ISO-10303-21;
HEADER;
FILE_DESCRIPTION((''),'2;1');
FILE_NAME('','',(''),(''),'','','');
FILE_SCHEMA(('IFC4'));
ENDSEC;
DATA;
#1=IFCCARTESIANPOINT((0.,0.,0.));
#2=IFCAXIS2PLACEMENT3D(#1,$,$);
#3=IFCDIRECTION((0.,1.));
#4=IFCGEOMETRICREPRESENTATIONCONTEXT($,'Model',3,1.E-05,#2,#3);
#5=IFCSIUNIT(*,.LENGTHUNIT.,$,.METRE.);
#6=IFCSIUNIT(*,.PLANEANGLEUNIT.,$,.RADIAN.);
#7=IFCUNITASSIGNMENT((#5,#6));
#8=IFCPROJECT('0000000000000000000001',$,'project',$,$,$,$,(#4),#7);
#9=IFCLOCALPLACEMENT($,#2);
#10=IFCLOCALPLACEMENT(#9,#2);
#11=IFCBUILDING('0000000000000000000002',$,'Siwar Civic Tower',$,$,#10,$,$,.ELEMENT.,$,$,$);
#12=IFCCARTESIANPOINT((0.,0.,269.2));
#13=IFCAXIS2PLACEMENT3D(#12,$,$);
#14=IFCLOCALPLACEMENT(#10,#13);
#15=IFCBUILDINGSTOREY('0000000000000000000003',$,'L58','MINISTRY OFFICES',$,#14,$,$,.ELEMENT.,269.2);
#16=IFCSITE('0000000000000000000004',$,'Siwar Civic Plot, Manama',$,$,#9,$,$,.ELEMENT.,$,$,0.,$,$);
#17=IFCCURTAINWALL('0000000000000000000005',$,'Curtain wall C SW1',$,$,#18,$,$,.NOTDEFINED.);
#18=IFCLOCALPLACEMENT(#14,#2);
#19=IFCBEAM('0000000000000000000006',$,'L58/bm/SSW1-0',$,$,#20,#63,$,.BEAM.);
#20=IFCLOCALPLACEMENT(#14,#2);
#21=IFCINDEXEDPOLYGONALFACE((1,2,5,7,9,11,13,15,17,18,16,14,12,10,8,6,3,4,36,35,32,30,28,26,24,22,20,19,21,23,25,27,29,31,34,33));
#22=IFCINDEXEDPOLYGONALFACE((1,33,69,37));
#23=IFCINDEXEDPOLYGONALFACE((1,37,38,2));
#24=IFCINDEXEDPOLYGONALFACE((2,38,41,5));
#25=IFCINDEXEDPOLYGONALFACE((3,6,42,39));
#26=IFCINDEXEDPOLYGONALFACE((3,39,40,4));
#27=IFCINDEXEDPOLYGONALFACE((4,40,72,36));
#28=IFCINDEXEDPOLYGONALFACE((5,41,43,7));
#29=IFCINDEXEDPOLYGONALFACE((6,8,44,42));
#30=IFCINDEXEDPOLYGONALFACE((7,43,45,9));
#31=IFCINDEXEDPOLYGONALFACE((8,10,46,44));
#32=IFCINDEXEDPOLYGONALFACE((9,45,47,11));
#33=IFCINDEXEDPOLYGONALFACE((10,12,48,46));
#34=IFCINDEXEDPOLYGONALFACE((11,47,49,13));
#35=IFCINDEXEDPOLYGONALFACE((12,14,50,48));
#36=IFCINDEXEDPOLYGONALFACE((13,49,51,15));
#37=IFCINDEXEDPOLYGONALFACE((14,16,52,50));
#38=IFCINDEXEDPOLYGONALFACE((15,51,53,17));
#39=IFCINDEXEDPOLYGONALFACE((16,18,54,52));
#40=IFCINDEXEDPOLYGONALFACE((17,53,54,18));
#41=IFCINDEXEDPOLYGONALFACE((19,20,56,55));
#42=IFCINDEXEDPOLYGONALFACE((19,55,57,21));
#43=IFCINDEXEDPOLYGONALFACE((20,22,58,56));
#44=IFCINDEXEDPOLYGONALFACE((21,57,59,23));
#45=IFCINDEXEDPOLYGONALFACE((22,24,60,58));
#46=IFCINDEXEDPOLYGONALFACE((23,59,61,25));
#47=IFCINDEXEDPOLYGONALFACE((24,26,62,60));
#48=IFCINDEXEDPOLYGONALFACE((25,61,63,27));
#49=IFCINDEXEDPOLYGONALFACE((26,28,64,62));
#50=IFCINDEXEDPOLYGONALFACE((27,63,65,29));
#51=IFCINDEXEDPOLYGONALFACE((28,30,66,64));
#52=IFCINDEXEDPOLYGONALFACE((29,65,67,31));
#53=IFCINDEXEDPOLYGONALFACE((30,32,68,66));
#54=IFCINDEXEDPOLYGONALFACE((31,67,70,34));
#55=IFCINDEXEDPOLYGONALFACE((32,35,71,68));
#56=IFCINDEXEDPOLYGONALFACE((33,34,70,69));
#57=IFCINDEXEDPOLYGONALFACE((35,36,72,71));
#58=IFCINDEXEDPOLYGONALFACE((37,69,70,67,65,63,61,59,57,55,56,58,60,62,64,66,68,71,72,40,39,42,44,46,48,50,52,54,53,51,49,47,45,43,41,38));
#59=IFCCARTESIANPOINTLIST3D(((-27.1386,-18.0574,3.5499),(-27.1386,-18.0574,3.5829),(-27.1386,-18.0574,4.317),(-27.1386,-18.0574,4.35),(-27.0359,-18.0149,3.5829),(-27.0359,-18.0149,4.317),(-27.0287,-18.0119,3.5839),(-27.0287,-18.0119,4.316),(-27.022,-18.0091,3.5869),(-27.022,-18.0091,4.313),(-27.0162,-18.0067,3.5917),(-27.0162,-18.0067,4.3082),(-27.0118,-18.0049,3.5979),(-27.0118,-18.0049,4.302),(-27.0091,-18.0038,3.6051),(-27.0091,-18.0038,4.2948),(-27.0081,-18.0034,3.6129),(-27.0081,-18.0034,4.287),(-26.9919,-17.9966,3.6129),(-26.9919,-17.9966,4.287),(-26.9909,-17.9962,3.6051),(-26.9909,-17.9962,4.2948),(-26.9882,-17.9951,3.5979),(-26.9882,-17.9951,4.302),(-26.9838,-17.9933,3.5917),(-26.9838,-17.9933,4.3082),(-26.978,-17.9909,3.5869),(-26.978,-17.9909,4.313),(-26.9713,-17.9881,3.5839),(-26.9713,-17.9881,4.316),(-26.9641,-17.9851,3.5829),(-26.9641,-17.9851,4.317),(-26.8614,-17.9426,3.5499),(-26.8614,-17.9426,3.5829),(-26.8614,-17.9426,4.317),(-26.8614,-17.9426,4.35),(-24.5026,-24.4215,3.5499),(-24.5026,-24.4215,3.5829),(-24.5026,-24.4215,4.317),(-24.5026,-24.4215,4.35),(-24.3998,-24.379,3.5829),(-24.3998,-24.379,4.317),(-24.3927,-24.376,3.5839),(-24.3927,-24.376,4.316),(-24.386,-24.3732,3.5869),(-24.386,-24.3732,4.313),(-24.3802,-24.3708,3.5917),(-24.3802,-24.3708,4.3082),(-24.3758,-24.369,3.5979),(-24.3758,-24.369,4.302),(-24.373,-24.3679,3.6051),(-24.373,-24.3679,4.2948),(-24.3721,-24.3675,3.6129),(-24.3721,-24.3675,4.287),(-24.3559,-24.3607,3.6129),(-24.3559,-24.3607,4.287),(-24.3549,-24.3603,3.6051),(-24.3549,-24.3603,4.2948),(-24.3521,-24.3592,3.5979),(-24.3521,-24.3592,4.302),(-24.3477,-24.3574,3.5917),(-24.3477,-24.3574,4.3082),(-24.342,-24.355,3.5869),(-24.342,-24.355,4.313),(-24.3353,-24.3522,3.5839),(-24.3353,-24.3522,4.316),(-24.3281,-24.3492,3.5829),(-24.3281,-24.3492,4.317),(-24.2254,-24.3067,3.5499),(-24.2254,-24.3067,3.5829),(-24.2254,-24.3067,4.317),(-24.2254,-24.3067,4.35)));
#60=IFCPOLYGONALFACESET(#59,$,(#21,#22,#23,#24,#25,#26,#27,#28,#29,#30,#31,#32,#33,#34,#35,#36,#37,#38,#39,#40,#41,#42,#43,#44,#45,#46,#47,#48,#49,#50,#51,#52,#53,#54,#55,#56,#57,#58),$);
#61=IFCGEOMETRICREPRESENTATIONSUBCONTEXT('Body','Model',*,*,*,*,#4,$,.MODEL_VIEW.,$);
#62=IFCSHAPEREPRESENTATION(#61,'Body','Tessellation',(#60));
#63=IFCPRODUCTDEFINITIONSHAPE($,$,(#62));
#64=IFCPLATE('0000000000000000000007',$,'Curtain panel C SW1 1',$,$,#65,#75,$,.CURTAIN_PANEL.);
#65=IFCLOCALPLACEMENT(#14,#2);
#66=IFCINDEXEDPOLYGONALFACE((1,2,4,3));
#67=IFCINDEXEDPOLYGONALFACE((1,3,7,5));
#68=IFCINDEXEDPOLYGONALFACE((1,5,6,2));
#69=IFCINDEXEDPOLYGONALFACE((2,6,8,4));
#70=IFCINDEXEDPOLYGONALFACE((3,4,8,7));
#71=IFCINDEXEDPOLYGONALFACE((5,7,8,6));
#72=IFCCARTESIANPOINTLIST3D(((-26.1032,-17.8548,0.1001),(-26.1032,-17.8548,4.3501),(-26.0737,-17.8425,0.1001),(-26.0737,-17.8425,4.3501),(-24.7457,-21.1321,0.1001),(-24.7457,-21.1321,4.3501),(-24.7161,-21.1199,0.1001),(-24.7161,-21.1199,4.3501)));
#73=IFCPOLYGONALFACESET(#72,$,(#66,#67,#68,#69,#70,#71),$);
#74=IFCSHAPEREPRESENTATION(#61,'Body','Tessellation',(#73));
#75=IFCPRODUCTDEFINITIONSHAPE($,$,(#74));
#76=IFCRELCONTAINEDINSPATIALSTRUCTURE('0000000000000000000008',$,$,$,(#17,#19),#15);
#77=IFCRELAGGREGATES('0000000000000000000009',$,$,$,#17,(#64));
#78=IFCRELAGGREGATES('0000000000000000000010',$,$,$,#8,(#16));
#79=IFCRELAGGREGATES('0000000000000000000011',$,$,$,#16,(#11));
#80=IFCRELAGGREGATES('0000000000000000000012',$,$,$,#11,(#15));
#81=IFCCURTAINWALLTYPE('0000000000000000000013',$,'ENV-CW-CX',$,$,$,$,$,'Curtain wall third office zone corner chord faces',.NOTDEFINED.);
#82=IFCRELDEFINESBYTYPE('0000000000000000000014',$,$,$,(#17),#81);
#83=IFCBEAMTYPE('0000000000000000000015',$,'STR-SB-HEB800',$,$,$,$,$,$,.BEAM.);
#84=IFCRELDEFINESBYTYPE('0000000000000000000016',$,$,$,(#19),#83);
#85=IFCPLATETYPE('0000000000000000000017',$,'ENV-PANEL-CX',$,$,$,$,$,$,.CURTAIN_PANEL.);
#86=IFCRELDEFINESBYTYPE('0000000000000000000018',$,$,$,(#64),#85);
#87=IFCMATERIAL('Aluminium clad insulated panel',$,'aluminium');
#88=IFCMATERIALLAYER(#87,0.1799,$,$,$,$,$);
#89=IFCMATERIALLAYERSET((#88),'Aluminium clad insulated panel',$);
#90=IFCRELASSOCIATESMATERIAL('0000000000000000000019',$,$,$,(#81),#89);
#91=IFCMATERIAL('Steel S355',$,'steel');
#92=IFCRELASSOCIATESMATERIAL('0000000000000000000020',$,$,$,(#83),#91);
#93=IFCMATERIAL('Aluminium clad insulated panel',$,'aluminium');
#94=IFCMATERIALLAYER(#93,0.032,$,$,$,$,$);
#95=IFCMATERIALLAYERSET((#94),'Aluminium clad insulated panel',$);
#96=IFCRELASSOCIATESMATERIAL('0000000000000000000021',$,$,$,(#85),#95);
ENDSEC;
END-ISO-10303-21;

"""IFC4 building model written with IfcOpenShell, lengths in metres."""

from ifc_helpers import new_model, si_unit, direction, frame, origin, origin_2d, place, context, subcontext, project, spatial, rectangle, i_section, extrude, material, layer, layer_set, material_profile, profile_set, type_object, element, aggregate, save


model = new_model("IFC4")

# Units and contexts
model_context = context("Model", 3, precision=1e-05, world=origin(), true_north=direction((0.0, 1.0)))
body_context = subcontext(model_context, "Body", "Model", "MODEL_VIEW")
ifc_project = project(units=[si_unit("LENGTHUNIT", "METRE"), si_unit("PLANEANGLEUNIT", "RADIAN")], contexts=[model_context])

# Site, building, storey
site_placement = place(None, origin())
site = spatial("IfcSite", under=ifc_project, at=site_placement, Name="Siwar Civic Plot, Manama", CompositionType="ELEMENT", RefElevation=0.0)
building_placement = place(site_placement, origin())
building = spatial("IfcBuilding", under=site, at=building_placement, Name="Siwar Civic Tower", CompositionType="ELEMENT")
storey_placement = place(building_placement, frame((0.0, 0.0, 269.2)))
storey = spatial("IfcBuildingStorey", under=building, at=storey_placement, Name="L58", Description="MINISTRY OFFICES", CompositionType="ELEMENT", Elevation=269.2)

# Curtain wall
ifc_material_1 = material(Name="Aluminium clad insulated panel", Category="aluminium")
ifc_layer_1 = layer(ifc_material_1, 0.1799)
ifc_layer_set_1 = layer_set([ifc_layer_1], Name="Aluminium clad insulated panel")
curtain_wall_type = type_object("IfcCurtainWallType", Name="ENV-CW-CX", ElementType="Curtain wall third office zone corner chord faces", PredefinedType="NOTDEFINED", material=ifc_layer_set_1)
curtain_wall_placement = place(storey_placement, origin())
curtain_wall = element("IfcCurtainWall", 1, at=curtain_wall_placement, inside=storey, type_object=curtain_wall_type, Name="Curtain wall C SW1", PredefinedType="NOTDEFINED")

# Beam
ifc_material_2 = material(Name="Steel S355", Category="steel")
ifc_material_profile_1 = material_profile(ifc_material_2, i_section(OverallWidth=0.3, OverallDepth=0.8, WebThickness=0.0176, FlangeThickness=0.033, FilletRadius=0.03, at=origin_2d()), Name="HEB800")
ifc_profile_set_1 = profile_set([ifc_material_profile_1], Name="Steel S355")
beam_type_1 = type_object("IfcBeamType", Name="STR-SB-HEB800", PredefinedType="BEAM", material=ifc_profile_set_1)
beam_1_placement = place(storey_placement, frame((-27.0, -18.0, 3.95), z_axis=(0.382674, -0.923883, 0.0), x_axis=(0.923883, 0.382674, 0.0)))
element("IfcBeam", 2, at=beam_1_placement, inside=storey, type_object=beam_type_1, Name="L58/bm/SSW1-0", PredefinedType="BEAM", context=body_context, shape_type="SweptSolid", body=[
    extrude(i_section(OverallWidth=0.3, OverallDepth=0.8, WebThickness=0.0176, FlangeThickness=0.033, FilletRadius=0.03, at=origin_2d()), origin(), (0.0, 0.0, 1.0), 6.8884),
])

# Plate
ifc_material_3 = material(Name="Aluminium clad insulated panel", Category="aluminium")
ifc_layer_2 = layer(ifc_material_3, 0.032)
ifc_layer_set_2 = layer_set([ifc_layer_2], Name="Aluminium clad insulated panel")
plate_type = type_object("IfcPlateType", Name="ENV-PANEL-CX", PredefinedType="CURTAIN_PANEL", material=ifc_layer_set_2)
plate_placement = place(storey_placement, frame((-25.4097, -19.4873, 0.1001), z_axis=(0.0, 0.0, 1.0), x_axis=(0.382683, -0.92388, 0.0)))
plate = element("IfcPlate", 3, at=plate_placement, type_object=plate_type, Name="Curtain panel C SW1 1", PredefinedType="CURTAIN_PANEL", context=body_context, shape_type="SweptSolid", body=[
    extrude(rectangle(XDim=3.5474, YDim=0.032, at=origin_2d()), origin(), (0.0, 0.0, 1.0), 4.25),
])
aggregate(curtain_wall, [plate])

save(model, "model.ifc")
